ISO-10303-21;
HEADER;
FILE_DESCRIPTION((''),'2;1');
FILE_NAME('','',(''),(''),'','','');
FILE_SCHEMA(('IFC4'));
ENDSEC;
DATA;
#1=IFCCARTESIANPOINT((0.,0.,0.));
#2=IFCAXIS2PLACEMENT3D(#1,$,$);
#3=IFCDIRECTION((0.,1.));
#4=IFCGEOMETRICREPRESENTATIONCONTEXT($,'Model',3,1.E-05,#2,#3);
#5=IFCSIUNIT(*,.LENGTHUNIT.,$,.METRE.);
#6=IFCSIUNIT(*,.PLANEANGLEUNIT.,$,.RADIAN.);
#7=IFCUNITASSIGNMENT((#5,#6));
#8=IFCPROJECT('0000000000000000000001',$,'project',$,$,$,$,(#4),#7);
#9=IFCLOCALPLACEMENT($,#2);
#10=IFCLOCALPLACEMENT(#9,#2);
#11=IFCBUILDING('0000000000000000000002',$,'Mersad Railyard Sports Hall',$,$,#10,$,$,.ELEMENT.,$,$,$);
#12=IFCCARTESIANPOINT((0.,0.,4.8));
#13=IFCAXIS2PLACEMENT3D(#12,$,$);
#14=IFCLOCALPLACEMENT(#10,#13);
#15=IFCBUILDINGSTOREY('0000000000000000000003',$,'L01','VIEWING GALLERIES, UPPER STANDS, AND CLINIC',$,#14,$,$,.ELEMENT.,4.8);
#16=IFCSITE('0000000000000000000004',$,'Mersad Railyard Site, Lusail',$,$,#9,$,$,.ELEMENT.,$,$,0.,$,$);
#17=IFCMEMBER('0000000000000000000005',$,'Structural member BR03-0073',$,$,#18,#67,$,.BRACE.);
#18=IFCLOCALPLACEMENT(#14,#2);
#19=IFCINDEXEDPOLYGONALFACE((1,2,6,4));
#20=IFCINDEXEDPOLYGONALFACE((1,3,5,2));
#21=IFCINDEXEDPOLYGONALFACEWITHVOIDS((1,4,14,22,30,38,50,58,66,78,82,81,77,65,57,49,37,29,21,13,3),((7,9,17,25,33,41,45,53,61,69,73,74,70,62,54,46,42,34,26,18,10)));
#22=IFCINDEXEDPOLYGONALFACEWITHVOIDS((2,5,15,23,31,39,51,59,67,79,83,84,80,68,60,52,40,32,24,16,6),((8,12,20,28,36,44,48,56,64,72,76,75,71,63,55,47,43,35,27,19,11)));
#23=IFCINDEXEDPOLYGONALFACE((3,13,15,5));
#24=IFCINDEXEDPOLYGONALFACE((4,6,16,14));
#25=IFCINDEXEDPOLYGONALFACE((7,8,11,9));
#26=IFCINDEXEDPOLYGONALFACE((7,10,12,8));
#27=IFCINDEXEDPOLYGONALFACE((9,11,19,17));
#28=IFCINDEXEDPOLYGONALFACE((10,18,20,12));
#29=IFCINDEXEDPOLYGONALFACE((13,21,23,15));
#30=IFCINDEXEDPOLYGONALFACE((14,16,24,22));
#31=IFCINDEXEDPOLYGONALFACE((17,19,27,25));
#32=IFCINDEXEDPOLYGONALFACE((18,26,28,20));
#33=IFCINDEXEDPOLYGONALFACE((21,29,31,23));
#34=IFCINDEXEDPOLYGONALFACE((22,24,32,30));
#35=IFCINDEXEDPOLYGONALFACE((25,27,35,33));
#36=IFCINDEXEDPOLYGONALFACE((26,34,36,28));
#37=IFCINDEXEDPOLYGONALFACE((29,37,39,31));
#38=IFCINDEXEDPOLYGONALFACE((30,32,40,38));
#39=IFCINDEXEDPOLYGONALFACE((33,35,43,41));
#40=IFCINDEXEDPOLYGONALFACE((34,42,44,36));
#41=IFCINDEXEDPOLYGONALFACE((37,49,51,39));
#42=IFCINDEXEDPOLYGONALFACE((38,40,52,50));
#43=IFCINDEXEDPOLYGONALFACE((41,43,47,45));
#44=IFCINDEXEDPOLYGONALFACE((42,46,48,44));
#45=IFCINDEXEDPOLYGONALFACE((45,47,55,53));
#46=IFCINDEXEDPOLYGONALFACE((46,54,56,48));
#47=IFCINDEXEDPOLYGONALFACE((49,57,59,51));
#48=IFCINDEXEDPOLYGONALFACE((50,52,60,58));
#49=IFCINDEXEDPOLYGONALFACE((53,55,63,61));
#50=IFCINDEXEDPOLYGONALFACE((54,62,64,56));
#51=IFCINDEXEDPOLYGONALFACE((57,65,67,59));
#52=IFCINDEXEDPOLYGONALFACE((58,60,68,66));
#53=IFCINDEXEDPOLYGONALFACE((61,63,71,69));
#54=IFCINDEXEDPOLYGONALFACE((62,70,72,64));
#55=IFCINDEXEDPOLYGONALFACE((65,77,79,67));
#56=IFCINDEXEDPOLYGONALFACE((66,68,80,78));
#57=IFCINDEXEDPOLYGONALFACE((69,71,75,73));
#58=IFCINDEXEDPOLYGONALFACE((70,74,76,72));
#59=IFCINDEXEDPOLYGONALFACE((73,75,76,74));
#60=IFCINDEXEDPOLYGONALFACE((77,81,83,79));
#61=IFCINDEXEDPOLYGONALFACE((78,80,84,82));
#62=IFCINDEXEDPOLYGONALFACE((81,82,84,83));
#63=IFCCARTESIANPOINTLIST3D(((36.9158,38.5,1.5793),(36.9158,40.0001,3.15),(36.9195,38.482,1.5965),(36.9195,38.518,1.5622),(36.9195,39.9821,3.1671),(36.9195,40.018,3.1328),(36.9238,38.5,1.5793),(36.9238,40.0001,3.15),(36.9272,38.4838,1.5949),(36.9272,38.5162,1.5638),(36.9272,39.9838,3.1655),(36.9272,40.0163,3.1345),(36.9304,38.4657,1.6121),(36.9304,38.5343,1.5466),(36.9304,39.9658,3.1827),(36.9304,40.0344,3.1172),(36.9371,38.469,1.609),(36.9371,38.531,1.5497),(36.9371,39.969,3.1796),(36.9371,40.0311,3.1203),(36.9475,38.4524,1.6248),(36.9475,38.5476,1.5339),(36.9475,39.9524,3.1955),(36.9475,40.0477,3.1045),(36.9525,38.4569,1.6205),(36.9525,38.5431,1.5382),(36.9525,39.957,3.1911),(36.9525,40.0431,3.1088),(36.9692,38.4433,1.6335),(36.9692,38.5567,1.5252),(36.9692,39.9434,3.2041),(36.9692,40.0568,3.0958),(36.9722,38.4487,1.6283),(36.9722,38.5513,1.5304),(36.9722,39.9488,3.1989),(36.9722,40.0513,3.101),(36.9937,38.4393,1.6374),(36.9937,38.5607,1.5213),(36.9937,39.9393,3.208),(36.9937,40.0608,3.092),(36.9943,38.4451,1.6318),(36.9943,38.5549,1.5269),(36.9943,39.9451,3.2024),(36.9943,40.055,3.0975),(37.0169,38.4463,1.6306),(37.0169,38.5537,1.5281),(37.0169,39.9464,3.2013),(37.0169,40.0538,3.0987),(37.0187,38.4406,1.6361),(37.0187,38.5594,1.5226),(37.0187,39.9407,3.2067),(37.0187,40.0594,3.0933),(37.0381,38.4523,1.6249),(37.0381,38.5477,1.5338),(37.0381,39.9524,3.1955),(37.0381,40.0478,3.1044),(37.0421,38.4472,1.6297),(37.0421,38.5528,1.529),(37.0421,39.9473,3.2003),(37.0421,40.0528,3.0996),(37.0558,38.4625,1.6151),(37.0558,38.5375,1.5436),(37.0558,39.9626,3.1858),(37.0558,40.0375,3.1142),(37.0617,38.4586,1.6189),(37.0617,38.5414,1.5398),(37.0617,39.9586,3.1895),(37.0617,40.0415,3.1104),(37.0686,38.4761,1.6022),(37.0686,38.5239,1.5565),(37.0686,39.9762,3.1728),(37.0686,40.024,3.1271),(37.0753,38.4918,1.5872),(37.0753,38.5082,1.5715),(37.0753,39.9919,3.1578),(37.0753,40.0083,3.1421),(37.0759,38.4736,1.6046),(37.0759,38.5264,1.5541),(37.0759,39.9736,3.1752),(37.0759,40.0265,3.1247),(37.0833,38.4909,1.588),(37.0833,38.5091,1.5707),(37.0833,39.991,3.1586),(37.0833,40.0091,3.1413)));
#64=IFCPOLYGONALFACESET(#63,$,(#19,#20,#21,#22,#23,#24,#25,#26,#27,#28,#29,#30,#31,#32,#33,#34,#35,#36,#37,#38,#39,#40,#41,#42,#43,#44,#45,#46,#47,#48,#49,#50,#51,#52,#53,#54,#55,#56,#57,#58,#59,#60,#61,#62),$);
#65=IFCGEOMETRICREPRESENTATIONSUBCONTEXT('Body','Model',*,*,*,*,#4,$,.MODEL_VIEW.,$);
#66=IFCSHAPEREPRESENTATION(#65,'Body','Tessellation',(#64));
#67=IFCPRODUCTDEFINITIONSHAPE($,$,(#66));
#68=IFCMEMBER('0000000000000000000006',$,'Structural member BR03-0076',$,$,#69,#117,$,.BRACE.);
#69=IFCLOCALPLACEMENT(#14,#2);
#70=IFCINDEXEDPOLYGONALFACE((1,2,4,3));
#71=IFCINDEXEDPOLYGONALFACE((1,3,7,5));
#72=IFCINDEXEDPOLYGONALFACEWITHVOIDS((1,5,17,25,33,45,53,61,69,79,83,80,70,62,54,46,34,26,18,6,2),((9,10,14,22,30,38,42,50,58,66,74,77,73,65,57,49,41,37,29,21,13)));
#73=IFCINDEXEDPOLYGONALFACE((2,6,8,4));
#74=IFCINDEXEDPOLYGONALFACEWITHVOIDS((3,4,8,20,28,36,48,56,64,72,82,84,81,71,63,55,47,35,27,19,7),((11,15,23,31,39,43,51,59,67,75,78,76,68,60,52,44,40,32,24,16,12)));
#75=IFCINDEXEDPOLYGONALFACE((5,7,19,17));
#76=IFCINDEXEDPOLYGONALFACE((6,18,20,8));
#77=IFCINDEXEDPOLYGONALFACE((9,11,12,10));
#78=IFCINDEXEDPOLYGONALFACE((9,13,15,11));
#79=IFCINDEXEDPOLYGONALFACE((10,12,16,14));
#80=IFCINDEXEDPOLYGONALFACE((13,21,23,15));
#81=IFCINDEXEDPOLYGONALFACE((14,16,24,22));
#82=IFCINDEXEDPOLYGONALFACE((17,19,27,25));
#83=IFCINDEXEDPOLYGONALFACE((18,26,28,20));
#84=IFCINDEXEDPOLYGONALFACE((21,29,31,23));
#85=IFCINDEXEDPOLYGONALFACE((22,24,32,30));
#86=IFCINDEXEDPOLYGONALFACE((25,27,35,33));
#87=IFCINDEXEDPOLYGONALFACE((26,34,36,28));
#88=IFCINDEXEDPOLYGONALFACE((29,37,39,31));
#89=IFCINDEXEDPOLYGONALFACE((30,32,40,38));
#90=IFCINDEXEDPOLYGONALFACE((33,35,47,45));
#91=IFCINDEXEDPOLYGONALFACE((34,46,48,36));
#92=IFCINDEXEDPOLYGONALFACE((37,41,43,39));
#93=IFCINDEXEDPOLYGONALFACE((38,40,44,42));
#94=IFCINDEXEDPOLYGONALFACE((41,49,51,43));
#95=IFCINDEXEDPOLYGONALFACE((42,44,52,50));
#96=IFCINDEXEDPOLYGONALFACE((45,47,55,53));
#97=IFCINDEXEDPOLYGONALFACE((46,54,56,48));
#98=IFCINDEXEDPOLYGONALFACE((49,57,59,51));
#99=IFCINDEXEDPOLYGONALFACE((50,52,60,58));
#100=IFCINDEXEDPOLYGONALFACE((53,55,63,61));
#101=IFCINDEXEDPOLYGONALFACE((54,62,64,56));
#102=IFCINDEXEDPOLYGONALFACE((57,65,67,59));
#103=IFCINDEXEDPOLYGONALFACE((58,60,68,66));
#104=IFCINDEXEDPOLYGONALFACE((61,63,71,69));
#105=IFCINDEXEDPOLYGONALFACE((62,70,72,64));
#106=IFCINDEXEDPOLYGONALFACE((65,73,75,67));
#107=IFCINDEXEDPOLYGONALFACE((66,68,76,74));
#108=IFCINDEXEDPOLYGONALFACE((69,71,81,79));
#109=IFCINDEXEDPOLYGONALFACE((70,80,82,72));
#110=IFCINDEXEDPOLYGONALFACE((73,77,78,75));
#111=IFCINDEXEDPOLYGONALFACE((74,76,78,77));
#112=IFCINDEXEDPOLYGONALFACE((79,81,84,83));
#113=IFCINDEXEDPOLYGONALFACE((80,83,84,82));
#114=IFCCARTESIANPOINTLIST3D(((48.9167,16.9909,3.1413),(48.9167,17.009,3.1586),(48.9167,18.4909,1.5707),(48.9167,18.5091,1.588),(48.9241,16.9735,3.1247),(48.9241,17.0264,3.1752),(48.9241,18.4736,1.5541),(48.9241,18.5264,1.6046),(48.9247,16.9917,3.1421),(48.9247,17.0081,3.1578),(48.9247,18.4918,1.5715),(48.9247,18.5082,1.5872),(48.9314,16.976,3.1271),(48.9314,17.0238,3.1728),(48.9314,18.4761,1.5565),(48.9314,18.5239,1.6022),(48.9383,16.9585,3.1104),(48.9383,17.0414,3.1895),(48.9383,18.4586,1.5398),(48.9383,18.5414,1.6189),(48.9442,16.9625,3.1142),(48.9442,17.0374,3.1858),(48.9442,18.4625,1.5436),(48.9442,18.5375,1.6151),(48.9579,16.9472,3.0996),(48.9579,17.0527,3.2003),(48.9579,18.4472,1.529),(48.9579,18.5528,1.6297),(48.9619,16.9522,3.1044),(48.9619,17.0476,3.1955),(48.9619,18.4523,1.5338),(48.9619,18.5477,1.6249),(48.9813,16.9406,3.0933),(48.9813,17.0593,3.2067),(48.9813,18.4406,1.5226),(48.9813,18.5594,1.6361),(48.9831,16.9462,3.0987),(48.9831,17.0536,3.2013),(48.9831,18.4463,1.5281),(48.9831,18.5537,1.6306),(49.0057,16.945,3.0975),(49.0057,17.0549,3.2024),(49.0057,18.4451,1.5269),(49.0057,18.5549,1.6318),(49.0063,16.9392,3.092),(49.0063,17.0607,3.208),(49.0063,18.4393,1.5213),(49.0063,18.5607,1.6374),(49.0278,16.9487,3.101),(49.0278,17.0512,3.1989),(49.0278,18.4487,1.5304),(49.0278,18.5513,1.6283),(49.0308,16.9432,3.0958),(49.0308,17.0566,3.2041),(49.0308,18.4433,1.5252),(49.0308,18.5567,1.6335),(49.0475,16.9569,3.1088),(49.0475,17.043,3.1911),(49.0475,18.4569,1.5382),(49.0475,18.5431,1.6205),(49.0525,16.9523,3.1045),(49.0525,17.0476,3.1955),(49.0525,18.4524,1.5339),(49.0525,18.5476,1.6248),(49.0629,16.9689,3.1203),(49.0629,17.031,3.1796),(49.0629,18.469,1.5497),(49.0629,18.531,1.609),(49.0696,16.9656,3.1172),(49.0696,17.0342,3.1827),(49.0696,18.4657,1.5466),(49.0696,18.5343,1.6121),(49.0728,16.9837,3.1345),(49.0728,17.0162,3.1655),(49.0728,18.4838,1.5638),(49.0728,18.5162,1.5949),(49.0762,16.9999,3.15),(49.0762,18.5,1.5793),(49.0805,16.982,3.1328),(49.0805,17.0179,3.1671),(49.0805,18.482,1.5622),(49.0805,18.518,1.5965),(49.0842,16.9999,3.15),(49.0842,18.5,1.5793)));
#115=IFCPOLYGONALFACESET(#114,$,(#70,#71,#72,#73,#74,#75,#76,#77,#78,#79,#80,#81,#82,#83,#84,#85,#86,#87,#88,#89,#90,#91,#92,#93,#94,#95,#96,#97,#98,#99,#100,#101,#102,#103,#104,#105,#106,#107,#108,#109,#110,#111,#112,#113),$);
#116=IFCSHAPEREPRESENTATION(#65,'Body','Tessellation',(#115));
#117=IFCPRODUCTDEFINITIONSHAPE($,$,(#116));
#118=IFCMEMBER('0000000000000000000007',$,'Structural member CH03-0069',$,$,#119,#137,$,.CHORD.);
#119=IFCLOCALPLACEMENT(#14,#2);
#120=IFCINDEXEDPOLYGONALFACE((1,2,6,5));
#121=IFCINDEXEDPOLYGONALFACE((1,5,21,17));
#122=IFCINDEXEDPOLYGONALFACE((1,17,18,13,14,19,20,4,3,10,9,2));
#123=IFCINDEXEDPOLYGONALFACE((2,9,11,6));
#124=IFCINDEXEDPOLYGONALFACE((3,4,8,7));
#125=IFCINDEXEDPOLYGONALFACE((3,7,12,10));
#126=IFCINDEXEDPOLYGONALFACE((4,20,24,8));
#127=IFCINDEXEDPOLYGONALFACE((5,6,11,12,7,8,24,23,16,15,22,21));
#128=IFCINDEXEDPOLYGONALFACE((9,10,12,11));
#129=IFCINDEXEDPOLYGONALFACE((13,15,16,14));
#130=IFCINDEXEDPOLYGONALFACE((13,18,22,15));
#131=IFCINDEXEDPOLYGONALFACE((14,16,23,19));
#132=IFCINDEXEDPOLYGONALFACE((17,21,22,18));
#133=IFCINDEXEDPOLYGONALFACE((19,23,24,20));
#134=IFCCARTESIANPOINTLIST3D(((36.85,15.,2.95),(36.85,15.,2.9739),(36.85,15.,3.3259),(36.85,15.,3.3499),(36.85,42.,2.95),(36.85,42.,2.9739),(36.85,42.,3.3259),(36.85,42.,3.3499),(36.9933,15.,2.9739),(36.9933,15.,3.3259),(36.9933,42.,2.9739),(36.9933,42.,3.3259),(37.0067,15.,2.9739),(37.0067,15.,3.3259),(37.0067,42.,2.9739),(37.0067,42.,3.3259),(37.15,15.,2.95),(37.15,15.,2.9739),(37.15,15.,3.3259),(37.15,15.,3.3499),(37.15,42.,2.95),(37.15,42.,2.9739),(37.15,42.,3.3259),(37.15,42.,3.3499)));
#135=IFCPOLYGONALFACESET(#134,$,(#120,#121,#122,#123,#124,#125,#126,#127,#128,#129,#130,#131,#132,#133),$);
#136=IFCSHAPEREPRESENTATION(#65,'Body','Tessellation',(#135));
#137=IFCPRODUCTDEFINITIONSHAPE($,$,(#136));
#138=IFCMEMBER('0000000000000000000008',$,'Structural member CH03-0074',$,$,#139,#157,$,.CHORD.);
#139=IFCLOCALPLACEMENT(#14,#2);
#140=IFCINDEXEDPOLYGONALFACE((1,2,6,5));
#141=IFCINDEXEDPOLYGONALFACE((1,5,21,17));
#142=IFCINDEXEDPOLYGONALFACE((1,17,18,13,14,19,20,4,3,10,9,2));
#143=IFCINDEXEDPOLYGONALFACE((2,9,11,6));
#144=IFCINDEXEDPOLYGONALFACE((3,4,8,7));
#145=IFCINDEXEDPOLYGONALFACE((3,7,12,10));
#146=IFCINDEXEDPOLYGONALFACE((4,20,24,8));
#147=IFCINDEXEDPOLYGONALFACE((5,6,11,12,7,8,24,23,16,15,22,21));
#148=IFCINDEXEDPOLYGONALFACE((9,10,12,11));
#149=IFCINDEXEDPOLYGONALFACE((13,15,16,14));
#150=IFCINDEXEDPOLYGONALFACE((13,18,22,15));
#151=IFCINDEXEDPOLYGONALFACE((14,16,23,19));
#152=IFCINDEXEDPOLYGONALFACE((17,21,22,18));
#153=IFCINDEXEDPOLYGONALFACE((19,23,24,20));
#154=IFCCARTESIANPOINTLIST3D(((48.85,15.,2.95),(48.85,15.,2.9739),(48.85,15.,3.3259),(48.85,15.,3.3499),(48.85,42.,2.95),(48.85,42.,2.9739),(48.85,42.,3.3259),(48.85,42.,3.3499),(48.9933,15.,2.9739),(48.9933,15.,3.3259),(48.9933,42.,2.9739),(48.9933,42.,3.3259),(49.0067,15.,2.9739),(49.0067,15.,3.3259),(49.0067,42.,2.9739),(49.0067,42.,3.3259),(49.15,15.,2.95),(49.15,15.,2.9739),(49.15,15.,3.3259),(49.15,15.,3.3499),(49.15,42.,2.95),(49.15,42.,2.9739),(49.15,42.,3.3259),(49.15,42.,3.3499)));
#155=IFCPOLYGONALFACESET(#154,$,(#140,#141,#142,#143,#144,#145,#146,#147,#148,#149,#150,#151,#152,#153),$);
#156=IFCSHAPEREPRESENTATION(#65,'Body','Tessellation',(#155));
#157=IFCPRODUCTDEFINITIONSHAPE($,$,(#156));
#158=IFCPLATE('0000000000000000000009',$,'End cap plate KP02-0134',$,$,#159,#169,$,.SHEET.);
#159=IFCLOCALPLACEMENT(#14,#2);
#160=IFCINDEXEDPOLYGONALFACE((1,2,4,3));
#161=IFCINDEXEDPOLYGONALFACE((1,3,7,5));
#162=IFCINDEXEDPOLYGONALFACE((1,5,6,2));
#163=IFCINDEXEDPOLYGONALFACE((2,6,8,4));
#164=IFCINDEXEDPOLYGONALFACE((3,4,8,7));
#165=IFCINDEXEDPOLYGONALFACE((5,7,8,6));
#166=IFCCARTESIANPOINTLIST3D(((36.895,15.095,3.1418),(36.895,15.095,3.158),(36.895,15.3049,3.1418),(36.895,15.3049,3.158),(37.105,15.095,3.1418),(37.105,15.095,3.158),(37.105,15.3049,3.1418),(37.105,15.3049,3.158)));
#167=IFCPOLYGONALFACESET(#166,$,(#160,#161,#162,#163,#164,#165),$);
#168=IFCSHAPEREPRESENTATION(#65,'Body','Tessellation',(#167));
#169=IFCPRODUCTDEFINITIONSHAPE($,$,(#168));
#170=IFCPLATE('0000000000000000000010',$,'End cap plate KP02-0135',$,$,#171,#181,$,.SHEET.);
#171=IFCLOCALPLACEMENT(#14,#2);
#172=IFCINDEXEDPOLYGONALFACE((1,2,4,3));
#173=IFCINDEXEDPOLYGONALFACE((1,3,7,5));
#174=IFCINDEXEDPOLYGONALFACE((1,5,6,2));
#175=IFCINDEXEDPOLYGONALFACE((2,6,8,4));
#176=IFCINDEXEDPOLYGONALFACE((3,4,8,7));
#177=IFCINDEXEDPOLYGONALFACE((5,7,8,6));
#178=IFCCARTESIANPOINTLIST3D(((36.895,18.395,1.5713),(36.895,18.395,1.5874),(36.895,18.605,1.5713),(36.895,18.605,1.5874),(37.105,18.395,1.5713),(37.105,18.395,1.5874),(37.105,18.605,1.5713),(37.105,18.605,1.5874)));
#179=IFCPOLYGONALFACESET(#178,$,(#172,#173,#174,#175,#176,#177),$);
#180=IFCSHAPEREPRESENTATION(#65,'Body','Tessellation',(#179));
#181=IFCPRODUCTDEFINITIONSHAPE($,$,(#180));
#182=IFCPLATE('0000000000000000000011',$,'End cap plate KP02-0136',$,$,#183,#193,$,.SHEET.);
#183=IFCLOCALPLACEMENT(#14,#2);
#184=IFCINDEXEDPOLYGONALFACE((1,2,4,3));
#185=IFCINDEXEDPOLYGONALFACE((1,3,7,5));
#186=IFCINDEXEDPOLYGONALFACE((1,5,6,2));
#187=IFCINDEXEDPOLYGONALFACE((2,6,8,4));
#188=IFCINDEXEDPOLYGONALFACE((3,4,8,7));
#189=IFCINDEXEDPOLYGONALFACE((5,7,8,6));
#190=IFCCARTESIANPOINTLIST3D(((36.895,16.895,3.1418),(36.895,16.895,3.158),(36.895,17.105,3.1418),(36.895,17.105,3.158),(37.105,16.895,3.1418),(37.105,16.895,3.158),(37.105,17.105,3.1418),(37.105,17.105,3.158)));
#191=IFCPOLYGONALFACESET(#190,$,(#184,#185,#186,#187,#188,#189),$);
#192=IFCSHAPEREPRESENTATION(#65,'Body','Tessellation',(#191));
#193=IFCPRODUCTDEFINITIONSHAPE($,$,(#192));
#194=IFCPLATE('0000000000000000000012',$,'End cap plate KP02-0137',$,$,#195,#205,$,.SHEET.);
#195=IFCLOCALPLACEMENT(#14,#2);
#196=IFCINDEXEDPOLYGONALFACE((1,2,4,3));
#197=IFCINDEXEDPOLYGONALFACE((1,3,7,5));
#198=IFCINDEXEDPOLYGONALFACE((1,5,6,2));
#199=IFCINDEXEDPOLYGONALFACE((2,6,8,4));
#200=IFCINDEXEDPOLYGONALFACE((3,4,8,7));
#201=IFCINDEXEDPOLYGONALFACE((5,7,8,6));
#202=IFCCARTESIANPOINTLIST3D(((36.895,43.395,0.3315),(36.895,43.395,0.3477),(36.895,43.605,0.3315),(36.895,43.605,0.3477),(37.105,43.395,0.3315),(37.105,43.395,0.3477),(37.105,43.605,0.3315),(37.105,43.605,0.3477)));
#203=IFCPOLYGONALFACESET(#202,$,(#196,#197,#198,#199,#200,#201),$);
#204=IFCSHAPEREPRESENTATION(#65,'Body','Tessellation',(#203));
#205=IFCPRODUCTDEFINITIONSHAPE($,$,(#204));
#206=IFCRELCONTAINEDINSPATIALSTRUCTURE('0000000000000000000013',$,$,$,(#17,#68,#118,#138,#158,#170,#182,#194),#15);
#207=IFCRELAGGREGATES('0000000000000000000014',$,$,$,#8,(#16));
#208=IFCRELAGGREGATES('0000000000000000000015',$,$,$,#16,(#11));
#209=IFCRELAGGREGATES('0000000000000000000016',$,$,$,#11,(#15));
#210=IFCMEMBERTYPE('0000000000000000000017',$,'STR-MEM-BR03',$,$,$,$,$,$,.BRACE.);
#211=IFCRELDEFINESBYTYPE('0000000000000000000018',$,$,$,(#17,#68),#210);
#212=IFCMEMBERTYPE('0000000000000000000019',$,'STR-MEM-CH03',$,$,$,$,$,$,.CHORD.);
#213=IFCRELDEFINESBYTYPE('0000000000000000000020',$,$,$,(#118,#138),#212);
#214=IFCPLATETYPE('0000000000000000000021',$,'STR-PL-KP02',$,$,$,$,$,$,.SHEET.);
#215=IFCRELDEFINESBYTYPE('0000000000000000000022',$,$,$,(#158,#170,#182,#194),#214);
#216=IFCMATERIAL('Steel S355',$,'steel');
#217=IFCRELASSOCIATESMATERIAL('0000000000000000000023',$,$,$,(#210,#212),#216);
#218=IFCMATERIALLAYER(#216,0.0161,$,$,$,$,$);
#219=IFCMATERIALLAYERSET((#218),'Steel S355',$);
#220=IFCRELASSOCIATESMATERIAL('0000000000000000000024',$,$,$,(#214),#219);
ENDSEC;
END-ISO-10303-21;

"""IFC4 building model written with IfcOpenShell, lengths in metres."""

from ifc_helpers import new_model, si_unit, direction, frame, origin, origin_2d, place, context, subcontext, project, spatial, rectangle, hollow_circle, i_section, extrude, material, layer, layer_set, material_profile, profile_set, type_object, element, save


model = new_model("IFC4")

# Units and contexts
model_context = context("Model", 3, precision=1e-05, world=origin(), true_north=direction((0.0, 1.0)))
body_context = subcontext(model_context, "Body", "Model", "MODEL_VIEW")
ifc_project = project(units=[si_unit("LENGTHUNIT", "METRE"), si_unit("PLANEANGLEUNIT", "RADIAN")], contexts=[model_context])

# Site, building, storey
site_placement = place(None, origin())
site = spatial("IfcSite", under=ifc_project, at=site_placement, Name="Mersad Railyard Site, Lusail", CompositionType="ELEMENT", RefElevation=0.0)
building_placement = place(site_placement, origin())
building = spatial("IfcBuilding", under=site, at=building_placement, Name="Mersad Railyard Sports Hall", CompositionType="ELEMENT")
storey_placement = place(building_placement, frame((0.0, 0.0, 4.8)))
storey = spatial("IfcBuildingStorey", under=building, at=storey_placement, Name="L01", Description="VIEWING GALLERIES, UPPER STANDS, AND CLINIC", CompositionType="ELEMENT", Elevation=4.8)

# Members
ifc_material_1 = material(Name="Steel S355", Category="steel")
ifc_material_profile_1 = material_profile(ifc_material_1, hollow_circle(Radius=0.0842, WallThickness=0.0081, at=origin_2d()), Name="CHS 168.3x8")
ifc_profile_set_1 = profile_set([ifc_material_profile_1], Name="Steel S355")
member_type_1 = type_object("IfcMemberType", Name="STR-MEM-BR03", PredefinedType="BRACE", material=ifc_profile_set_1)
for number, where, z_axis, x_axis, name in (
    (1, (37.0, 38.5, 1.5793), (0.0, 0.690676, 0.723164), (-1.0, 0.0, 0.0), "Structural member BR03-0073"),
    (2, (49.0, 18.5, 1.5793), (0.0, -0.690676, 0.723164), (1.0, 0.0, 0.0), "Structural member BR03-0076"),
):
    element("IfcMember", number, at=place(storey_placement, frame(where, z_axis=z_axis, x_axis=x_axis)), inside=storey, type_object=member_type_1, Name=name, PredefinedType="BRACE", context=body_context, shape_type="SweptSolid", body=[
        extrude(hollow_circle(Radius=0.0842, WallThickness=0.0081, at=origin_2d()), origin(), (0.0, 0.0, 1.0), 2.1719),
    ])
ifc_material_profile_2 = material_profile(ifc_material_1, i_section(OverallWidth=0.3, OverallDepth=0.3999, WebThickness=0.0134, FlangeThickness=0.0239, at=origin_2d()), Name="HEB 400")
ifc_profile_set_2 = profile_set([ifc_material_profile_2], Name="Steel S355")
member_type_2 = type_object("IfcMemberType", Name="STR-MEM-CH03", PredefinedType="CHORD", material=ifc_profile_set_2)
for number, where, z_axis, x_axis, name in (
    (3, (37.0, 15.0, 3.1499), (0.0, 1.0, 0.0), (-1.0, 0.0, 0.0), "Structural member CH03-0069"),
    (4, (49.0, 15.0, 3.1499), (0.0, 1.0, 0.0), (-1.0, 0.0, 0.0), "Structural member CH03-0074"),
):
    element("IfcMember", number, at=place(storey_placement, frame(where, z_axis=z_axis, x_axis=x_axis)), inside=storey, type_object=member_type_2, Name=name, PredefinedType="CHORD", context=body_context, shape_type="SweptSolid", body=[
        extrude(i_section(OverallWidth=0.3, OverallDepth=0.3999, WebThickness=0.0134, FlangeThickness=0.0239, at=origin_2d()), origin(), (0.0, 0.0, 1.0), 27.0),
    ])

# Plates
ifc_layer = layer(ifc_material_1, 0.0161)
ifc_layer_set = layer_set([ifc_layer], Name="Steel S355")
plate_type = type_object("IfcPlateType", Name="STR-PL-KP02", PredefinedType="SHEET", material=ifc_layer_set)
for number, where, z_axis, x_axis, name in (
    (5, (37.0, 15.2, 3.1418), (0.0, 0.0, 1.0), (1.0, 0.0, 0.0), "End cap plate KP02-0134"),
    (6, (37.0, 18.5, 1.5713), (0.0, 0.0, 1.0), (1.0, 0.0, 0.0), "End cap plate KP02-0135"),
    (7, (37.0, 17.0, 3.1418), (0.0, 0.0, 1.0), (1.0, 0.0, 0.0), "End cap plate KP02-0136"),
    (8, (37.0, 43.5, 0.3315), (0.0, 0.0, 1.0), (1.0, 0.0, 0.0), "End cap plate KP02-0137"),
):
    element("IfcPlate", number, at=place(storey_placement, frame(where, z_axis=z_axis, x_axis=x_axis)), inside=storey, type_object=plate_type, Name=name, PredefinedType="SHEET", context=body_context, shape_type="SweptSolid", body=[
        extrude(rectangle(XDim=0.21, YDim=0.21, at=origin_2d()), origin(), (0.0, 0.0, 1.0), 0.0161),
    ])

save(model, "model.ifc")
